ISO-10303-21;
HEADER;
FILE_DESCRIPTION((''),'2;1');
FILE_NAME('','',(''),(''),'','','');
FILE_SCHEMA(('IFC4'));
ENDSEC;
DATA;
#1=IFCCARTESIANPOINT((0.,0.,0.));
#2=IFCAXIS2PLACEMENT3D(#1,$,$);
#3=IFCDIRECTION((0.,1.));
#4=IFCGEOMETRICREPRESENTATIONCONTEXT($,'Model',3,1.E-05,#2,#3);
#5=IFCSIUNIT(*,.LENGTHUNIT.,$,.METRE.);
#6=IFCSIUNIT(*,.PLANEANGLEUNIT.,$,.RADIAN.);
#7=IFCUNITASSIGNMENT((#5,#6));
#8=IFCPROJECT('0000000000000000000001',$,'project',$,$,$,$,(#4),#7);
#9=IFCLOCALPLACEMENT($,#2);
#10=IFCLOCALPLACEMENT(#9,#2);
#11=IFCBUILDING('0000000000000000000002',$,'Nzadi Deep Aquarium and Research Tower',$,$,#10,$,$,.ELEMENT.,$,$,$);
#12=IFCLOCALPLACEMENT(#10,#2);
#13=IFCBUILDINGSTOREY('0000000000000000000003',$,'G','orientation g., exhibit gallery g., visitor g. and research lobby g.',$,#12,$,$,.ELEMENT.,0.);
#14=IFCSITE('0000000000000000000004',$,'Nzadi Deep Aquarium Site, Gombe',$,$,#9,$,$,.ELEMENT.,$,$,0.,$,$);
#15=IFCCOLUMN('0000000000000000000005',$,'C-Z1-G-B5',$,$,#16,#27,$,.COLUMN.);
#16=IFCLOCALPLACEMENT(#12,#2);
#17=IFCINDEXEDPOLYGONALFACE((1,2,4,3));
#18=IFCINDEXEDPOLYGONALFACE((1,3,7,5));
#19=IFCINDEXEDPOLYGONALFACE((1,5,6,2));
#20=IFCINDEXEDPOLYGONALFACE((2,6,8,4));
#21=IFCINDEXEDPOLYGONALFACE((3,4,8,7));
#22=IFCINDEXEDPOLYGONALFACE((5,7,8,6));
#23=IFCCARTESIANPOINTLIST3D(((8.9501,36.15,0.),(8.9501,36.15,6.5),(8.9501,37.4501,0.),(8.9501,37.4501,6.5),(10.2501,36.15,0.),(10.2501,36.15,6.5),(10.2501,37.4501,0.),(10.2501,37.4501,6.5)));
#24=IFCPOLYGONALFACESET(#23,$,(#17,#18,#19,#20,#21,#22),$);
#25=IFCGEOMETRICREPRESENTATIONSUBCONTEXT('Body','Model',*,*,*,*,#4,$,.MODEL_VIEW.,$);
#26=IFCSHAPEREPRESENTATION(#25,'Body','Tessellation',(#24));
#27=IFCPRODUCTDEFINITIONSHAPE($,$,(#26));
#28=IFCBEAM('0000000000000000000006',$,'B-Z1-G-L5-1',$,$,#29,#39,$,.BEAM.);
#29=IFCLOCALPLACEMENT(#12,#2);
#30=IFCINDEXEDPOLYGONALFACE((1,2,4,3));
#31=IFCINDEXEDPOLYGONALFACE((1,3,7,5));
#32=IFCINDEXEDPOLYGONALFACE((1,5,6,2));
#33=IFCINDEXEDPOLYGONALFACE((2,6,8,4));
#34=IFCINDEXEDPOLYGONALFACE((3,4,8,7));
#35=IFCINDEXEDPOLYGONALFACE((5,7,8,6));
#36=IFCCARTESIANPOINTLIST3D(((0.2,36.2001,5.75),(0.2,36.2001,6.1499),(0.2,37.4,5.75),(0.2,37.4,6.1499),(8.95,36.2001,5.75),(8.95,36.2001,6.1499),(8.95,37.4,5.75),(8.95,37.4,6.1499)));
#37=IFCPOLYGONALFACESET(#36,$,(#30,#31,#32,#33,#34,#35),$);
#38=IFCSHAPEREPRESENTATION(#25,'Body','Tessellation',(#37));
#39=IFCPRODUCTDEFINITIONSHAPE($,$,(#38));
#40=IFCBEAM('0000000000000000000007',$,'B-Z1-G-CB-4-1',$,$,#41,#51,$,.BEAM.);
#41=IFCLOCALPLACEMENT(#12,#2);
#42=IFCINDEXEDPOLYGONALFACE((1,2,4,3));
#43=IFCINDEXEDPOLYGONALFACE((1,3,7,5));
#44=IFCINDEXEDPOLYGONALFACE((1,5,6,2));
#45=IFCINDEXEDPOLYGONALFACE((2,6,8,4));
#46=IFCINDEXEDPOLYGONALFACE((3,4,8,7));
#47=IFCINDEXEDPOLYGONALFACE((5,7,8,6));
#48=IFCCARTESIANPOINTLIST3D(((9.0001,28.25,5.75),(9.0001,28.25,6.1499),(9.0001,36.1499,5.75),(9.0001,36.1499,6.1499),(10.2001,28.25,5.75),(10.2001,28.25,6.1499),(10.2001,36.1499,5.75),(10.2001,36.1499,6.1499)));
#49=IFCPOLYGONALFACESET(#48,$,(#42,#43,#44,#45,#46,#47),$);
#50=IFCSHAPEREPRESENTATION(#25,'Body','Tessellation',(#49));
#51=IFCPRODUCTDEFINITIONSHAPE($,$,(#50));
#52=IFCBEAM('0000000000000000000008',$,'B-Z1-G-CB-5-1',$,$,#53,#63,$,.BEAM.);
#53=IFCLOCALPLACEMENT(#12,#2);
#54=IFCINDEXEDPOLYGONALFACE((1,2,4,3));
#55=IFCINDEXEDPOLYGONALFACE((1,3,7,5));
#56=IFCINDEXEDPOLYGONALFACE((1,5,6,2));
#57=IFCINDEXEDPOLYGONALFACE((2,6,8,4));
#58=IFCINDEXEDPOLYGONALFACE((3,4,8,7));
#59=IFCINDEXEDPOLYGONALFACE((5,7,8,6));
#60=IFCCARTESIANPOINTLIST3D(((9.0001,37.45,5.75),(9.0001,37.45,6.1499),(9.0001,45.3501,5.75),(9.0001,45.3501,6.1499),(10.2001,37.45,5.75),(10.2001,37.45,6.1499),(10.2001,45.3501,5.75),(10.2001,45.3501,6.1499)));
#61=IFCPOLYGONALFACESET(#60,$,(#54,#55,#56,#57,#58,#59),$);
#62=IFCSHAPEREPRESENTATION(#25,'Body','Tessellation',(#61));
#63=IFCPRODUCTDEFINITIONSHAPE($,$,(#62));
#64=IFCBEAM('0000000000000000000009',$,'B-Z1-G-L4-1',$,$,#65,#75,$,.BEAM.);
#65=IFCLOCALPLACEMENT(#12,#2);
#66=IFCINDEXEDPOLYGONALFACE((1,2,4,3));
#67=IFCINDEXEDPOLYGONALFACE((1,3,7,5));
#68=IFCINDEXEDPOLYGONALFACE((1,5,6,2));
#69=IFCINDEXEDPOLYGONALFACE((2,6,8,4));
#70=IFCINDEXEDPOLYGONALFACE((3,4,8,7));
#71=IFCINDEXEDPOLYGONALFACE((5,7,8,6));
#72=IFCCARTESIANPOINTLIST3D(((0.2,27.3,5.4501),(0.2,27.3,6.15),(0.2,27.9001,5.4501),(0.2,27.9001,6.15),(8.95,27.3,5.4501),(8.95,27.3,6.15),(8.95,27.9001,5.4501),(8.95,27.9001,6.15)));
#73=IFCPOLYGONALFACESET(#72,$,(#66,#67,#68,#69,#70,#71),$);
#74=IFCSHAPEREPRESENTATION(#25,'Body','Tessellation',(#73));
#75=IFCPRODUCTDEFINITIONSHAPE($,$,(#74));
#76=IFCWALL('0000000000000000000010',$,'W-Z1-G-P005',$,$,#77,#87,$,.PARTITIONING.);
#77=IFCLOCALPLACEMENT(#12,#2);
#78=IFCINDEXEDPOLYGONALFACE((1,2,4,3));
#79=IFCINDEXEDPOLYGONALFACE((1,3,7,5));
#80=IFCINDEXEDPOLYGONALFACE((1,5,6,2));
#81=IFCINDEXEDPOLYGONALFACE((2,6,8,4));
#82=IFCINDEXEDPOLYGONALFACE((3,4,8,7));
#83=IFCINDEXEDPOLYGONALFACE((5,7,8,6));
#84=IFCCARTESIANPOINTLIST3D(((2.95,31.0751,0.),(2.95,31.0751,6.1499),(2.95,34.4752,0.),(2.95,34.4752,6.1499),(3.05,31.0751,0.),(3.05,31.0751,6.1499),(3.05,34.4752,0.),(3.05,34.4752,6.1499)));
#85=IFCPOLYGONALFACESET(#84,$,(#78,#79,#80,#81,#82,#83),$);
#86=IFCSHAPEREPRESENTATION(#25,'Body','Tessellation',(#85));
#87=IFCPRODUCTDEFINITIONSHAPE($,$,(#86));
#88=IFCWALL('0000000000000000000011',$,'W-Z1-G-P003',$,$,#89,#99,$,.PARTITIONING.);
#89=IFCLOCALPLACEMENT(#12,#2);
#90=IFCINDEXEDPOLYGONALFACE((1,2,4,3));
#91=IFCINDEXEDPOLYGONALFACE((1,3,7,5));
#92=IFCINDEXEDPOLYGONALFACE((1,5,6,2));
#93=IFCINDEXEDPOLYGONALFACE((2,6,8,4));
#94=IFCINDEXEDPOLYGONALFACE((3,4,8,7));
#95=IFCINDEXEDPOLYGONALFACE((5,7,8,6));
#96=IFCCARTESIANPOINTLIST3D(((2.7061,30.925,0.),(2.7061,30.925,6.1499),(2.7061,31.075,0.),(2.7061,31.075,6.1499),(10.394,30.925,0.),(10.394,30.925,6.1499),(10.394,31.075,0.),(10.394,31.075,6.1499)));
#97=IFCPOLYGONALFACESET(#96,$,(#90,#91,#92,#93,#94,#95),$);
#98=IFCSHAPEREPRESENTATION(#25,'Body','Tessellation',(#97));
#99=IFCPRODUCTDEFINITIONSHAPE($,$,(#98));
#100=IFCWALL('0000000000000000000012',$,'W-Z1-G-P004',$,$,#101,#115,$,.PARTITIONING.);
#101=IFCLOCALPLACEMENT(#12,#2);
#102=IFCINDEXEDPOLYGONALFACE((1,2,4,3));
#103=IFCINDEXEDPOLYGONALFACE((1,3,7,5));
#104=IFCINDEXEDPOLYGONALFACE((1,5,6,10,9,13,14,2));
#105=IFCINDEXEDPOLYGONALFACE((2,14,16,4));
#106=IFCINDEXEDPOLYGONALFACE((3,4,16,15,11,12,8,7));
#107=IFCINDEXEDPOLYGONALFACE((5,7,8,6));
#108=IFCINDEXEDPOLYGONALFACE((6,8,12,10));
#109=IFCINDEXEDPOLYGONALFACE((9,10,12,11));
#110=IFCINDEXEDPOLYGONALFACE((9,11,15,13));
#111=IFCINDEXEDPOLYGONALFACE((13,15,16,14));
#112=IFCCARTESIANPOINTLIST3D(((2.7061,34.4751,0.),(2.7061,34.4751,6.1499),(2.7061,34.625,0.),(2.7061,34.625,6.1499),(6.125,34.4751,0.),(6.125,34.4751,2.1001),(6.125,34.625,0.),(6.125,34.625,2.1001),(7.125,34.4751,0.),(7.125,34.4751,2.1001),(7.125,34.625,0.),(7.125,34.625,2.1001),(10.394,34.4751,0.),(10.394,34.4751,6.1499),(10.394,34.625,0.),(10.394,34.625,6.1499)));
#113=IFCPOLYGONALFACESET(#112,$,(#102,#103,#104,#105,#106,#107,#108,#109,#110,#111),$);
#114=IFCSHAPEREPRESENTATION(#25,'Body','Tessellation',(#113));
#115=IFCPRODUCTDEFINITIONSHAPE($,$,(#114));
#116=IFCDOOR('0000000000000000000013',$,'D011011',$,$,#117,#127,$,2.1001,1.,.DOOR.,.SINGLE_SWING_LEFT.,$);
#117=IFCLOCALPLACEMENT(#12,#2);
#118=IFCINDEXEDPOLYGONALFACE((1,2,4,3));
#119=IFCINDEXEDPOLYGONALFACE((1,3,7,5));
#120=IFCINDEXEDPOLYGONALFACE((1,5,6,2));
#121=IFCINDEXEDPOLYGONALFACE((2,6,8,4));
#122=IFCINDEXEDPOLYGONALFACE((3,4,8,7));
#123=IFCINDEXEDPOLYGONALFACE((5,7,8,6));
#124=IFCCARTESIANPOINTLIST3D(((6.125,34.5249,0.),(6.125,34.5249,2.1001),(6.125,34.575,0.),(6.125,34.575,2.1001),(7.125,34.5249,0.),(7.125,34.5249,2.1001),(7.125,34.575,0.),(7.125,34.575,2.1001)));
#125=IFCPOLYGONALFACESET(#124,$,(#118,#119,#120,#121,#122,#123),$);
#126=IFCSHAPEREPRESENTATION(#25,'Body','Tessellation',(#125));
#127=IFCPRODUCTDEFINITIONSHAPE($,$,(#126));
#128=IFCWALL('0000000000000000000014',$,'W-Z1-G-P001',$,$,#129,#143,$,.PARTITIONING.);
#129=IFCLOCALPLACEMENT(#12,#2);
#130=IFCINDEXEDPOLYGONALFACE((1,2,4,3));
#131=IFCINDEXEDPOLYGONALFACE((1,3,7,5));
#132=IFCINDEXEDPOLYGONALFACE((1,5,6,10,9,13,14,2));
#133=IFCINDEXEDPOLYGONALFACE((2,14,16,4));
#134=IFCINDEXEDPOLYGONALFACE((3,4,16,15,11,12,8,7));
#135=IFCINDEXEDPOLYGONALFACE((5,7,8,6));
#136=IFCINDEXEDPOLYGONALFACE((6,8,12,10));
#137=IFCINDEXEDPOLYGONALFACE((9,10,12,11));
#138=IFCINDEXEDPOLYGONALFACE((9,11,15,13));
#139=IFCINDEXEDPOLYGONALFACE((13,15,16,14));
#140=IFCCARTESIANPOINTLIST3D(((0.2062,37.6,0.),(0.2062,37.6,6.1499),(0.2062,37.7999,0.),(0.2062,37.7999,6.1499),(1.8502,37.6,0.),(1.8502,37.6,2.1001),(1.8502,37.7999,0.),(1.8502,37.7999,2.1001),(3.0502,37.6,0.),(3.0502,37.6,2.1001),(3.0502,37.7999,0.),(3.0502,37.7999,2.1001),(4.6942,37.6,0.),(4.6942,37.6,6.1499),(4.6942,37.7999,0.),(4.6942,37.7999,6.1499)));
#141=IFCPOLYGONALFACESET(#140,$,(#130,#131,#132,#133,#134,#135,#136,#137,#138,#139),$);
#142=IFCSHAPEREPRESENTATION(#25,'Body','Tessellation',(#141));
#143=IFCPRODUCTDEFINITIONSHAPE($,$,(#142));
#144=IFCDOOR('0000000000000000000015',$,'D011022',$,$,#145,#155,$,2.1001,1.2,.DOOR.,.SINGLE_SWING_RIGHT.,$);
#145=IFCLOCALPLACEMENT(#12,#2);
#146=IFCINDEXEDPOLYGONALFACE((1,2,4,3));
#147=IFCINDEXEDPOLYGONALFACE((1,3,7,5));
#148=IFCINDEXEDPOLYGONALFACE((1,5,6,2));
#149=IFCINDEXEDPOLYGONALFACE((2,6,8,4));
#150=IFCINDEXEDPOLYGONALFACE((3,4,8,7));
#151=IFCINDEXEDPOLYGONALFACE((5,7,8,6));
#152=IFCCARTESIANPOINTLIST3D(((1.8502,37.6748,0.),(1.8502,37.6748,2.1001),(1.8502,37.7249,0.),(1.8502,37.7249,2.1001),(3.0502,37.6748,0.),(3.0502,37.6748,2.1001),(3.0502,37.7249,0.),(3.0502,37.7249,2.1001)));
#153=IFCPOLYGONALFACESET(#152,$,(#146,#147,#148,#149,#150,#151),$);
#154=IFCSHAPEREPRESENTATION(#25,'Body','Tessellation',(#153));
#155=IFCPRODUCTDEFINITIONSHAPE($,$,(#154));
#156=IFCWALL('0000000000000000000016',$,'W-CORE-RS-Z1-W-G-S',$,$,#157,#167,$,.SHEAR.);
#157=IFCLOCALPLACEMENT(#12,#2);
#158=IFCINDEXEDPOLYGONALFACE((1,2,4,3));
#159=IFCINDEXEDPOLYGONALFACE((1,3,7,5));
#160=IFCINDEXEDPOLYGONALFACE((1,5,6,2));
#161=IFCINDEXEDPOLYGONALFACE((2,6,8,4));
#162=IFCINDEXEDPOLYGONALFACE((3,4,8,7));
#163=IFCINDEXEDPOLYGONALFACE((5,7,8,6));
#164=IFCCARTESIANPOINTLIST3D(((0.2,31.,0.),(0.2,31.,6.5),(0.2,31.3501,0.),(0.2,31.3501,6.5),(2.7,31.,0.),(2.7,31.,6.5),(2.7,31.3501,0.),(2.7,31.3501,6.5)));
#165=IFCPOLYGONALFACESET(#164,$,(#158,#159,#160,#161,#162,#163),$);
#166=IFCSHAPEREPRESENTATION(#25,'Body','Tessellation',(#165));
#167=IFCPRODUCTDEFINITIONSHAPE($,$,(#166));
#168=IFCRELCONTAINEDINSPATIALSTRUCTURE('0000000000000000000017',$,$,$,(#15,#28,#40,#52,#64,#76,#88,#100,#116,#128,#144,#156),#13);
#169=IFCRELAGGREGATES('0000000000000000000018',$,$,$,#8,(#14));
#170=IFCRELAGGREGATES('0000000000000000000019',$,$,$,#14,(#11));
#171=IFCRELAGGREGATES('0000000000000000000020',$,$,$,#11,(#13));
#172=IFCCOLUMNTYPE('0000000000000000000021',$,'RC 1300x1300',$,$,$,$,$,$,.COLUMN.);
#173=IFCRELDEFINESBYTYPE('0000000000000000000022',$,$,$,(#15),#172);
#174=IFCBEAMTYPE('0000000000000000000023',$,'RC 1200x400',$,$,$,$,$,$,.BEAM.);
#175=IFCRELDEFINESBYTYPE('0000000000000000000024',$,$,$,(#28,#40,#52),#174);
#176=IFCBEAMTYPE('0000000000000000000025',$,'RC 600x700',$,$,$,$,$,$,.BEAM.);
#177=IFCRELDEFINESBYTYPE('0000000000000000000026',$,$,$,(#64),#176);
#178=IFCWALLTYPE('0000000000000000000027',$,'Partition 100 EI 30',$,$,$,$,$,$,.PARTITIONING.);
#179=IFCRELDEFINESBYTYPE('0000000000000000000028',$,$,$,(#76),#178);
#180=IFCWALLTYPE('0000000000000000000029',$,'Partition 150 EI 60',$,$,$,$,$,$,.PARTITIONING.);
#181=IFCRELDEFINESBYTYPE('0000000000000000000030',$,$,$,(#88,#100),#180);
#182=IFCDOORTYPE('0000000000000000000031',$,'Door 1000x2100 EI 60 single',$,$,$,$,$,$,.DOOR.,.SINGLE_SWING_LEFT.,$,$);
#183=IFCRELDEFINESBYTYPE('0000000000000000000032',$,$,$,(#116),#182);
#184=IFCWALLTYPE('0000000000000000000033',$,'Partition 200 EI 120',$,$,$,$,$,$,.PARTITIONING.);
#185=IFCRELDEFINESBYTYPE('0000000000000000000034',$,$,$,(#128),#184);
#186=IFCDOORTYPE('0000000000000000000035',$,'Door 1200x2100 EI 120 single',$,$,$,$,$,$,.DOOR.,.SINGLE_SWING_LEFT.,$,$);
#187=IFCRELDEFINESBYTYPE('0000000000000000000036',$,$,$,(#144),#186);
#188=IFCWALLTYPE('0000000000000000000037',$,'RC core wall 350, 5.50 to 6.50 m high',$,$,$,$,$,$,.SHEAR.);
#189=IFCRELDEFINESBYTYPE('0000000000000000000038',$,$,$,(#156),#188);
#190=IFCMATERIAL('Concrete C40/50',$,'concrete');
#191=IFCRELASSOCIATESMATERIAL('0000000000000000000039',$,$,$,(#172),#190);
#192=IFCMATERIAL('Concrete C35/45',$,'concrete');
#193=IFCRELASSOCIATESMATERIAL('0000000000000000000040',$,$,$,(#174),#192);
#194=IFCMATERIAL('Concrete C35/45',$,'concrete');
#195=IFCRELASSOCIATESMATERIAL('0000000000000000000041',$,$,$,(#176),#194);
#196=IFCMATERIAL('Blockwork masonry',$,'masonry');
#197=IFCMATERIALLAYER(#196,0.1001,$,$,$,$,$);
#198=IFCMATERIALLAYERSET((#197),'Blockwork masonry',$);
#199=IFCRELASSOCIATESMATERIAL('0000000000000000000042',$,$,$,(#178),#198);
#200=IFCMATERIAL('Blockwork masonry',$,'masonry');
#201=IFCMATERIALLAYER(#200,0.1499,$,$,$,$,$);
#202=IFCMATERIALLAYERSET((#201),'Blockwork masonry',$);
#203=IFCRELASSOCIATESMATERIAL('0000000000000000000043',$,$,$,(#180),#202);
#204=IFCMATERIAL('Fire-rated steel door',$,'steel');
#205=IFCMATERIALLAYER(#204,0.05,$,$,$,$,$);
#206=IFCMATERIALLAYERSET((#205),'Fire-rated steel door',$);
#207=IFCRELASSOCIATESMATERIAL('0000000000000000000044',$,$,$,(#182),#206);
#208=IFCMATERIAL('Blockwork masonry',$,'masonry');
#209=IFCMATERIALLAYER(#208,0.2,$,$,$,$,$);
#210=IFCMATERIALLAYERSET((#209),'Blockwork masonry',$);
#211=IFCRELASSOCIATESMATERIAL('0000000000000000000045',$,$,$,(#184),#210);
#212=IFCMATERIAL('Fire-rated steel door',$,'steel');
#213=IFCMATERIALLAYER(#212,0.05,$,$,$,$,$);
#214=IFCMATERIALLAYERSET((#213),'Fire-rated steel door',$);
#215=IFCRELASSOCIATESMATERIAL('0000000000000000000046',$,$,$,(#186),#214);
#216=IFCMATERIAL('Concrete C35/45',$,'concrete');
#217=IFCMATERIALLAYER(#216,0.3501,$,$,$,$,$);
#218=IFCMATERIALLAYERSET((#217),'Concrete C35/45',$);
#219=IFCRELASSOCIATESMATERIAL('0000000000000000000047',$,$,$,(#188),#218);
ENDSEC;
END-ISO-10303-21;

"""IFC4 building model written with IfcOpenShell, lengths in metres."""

from ifc_helpers import new_model, si_unit, direction, frame, frame_2d, origin, origin_2d, place, context, subcontext, project, spatial, rectangle, extrude, material, layer, layer_set, material_profile, profile_set, type_object, element, fill, save


model = new_model("IFC4")

# Units and contexts
model_context = context("Model", 3, precision=1e-05, world=origin(), true_north=direction((0.0, 1.0)))
body_context = subcontext(model_context, "Body", "Model", "MODEL_VIEW")
ifc_project = project(units=[si_unit("LENGTHUNIT", "METRE"), si_unit("PLANEANGLEUNIT", "RADIAN")], contexts=[model_context])

# Site, building, storey
site_placement = place(None, origin())
site = spatial("IfcSite", under=ifc_project, at=site_placement, Name="Nzadi Deep Aquarium Site, Gombe", CompositionType="ELEMENT", RefElevation=0.0)
building_placement = place(site_placement, origin())
building = spatial("IfcBuilding", under=site, at=building_placement, Name="Nzadi Deep Aquarium and Research Tower", CompositionType="ELEMENT")
storey_placement = place(building_placement, origin())
storey = spatial("IfcBuildingStorey", under=building, at=storey_placement, Name="G", Description="orientation g., exhibit gallery g., visitor g. and research lobby g.", CompositionType="ELEMENT", Elevation=0.0)

# Column
ifc_material_1 = material(Name="Concrete C40/50", Category="concrete")
ifc_material_profile_1 = material_profile(ifc_material_1, rectangle(XDim=1.3, YDim=1.3, at=origin_2d()))
ifc_profile_set_1 = profile_set([ifc_material_profile_1], Name="Concrete C40/50")
column_type = type_object("IfcColumnType", Name="RC 1300x1300", PredefinedType="COLUMN", material=ifc_profile_set_1)
column_placement = place(storey_placement, frame((9.6001, 36.8, 0.0), z_axis=(0.0, 0.0, 1.0), x_axis=(1.0, 0.0, 0.0)))
element("IfcColumn", 1, at=column_placement, inside=storey, type_object=column_type, Name="C-Z1-G-B5", PredefinedType="COLUMN", context=body_context, shape_type="SweptSolid", body=[
    extrude(rectangle(XDim=1.3, YDim=1.3, at=origin_2d()), origin(), (0.0, 0.0, 1.0), 6.5),
])

# Beams
ifc_material_2 = material(Name="Concrete C35/45", Category="concrete")
ifc_material_profile_2 = material_profile(ifc_material_2, rectangle(XDim=1.2, YDim=0.3999, at=origin_2d()))
ifc_profile_set_2 = profile_set([ifc_material_profile_2], Name="Concrete C35/45")
beam_type_1 = type_object("IfcBeamType", Name="RC 1200x400", PredefinedType="BEAM", material=ifc_profile_set_2)
beam_1_placement = place(storey_placement, frame((0.2, 36.8, 5.95), z_axis=(1.0, 0.0, 0.0), x_axis=(0.0, 1.0, 0.0)))
element("IfcBeam", 2, at=beam_1_placement, inside=storey, type_object=beam_type_1, Name="B-Z1-G-L5-1", PredefinedType="BEAM", context=body_context, shape_type="SweptSolid", body=[
    extrude(rectangle(XDim=1.2, YDim=0.3999, at=origin_2d()), origin(), (0.0, 0.0, 1.0), 8.75),
])
beam_2_placement = place(storey_placement, frame((9.6001, 28.25, 5.95), z_axis=(0.0, 1.0, 0.0), x_axis=(-1.0, 0.0, 0.0)))
element("IfcBeam", 3, at=beam_2_placement, inside=storey, type_object=beam_type_1, Name="B-Z1-G-CB-4-1", PredefinedType="BEAM", context=body_context, shape_type="SweptSolid", body=[
    extrude(rectangle(XDim=1.2, YDim=0.3999, at=origin_2d()), origin(), (0.0, 0.0, 1.0), 7.8999),
])
beam_3_placement = place(storey_placement, frame((9.6001, 37.45, 5.95), z_axis=(0.0, 1.0, 0.0), x_axis=(-1.0, 0.0, 0.0)))
element("IfcBeam", 4, at=beam_3_placement, inside=storey, type_object=beam_type_1, Name="B-Z1-G-CB-5-1", PredefinedType="BEAM", context=body_context, shape_type="SweptSolid", body=[
    extrude(rectangle(XDim=1.2, YDim=0.3999, at=origin_2d()), origin(), (0.0, 0.0, 1.0), 7.9001),
])
ifc_material_3 = material(Name="Concrete C35/45", Category="concrete")
ifc_material_profile_3 = material_profile(ifc_material_3, rectangle(XDim=0.6001, YDim=0.7, at=origin_2d()))
ifc_profile_set_3 = profile_set([ifc_material_profile_3], Name="Concrete C35/45")
beam_type_2 = type_object("IfcBeamType", Name="RC 600x700", PredefinedType="BEAM", material=ifc_profile_set_3)
beam_4_placement = place(storey_placement, frame((0.2, 27.6001, 5.8), z_axis=(1.0, 0.0, 0.0), x_axis=(0.0, 1.0, 0.0)))
element("IfcBeam", 5, at=beam_4_placement, inside=storey, type_object=beam_type_2, Name="B-Z1-G-L4-1", PredefinedType="BEAM", context=body_context, shape_type="SweptSolid", body=[
    extrude(rectangle(XDim=0.6001, YDim=0.7, at=origin_2d()), origin(), (0.0, 0.0, 1.0), 8.75),
])

# Walls
ifc_material_4 = material(Name="Blockwork masonry", Category="masonry")
ifc_layer_1 = layer(ifc_material_4, 0.1001)
ifc_layer_set_1 = layer_set([ifc_layer_1], Name="Blockwork masonry")
wall_type_1 = type_object("IfcWallType", Name="Partition 100 EI 30", PredefinedType="PARTITIONING", material=ifc_layer_set_1)
wall_1_placement = place(storey_placement, frame((3.0, 31.075, 0.0), z_axis=(0.0, 0.0, 1.0), x_axis=(0.0, 1.0, 0.0)))
element("IfcWall", 6, at=wall_1_placement, inside=storey, type_object=wall_type_1, Name="W-Z1-G-P005", PredefinedType="PARTITIONING", context=body_context, shape_type="SweptSolid", body=[
    extrude(rectangle(XDim=3.4001, YDim=0.1001, at=frame_2d((1.7002, 0.0))), origin(), (0.0, 0.0, 1.0), 6.1499),
])
ifc_material_5 = material(Name="Blockwork masonry", Category="masonry")
ifc_layer_2 = layer(ifc_material_5, 0.1499)
ifc_layer_set_2 = layer_set([ifc_layer_2], Name="Blockwork masonry")
wall_type_2 = type_object("IfcWallType", Name="Partition 150 EI 60", PredefinedType="PARTITIONING", material=ifc_layer_set_2)
wall_2_placement = place(storey_placement, frame((2.7061, 31.0, 0.0), z_axis=(0.0, 0.0, 1.0), x_axis=(1.0, 0.0, 0.0)))
element("IfcWall", 7, at=wall_2_placement, inside=storey, type_object=wall_type_2, Name="W-Z1-G-P003", PredefinedType="PARTITIONING", context=body_context, shape_type="SweptSolid", body=[
    extrude(rectangle(XDim=7.688, YDim=0.1499, at=frame_2d((3.844, 0.0))), origin(), (0.0, 0.0, 1.0), 6.1499),
])

# Walls, openings, doors
wall_3_placement = place(storey_placement, frame((2.7061, 34.55, 0.0), z_axis=(0.0, 0.0, 1.0), x_axis=(1.0, 0.0, 0.0)))
wall_3 = element("IfcWall", 8, at=wall_3_placement, inside=storey, type_object=wall_type_2, Name="W-Z1-G-P004", PredefinedType="PARTITIONING", context=body_context, shape_type="SweptSolid", body=[
    extrude(rectangle(XDim=7.688, YDim=0.1499, at=frame_2d((3.844, 0.0))), origin(), (0.0, 0.0, 1.0), 6.1499),
])
opening_1_placement = place(wall_3_placement, frame((3.4189, 0.0, 0.0)))
opening_1 = element("IfcOpeningElement", 9, at=opening_1_placement, cuts=wall_3, PredefinedType="OPENING", context=body_context, shape_type="SweptSolid", body=[
    extrude(rectangle(XDim=1.0, YDim=2.1001, at=frame_2d((0.5, 1.05))), frame((0.0, 0.085, 0.0), z_axis=(0.0, -1.0, 0.0), x_axis=(1.0, 0.0, 0.0)), (0.0, 0.0, 1.0), 0.1699),
])
ifc_material_6 = material(Name="Fire-rated steel door", Category="steel")
ifc_layer_3 = layer(ifc_material_6, 0.05)
ifc_layer_set_3 = layer_set([ifc_layer_3], Name="Fire-rated steel door")
door_type_1 = type_object("IfcDoorType", Name="Door 1000x2100 EI 60 single", OperationType="SINGLE_SWING_LEFT", PredefinedType="DOOR", material=ifc_layer_set_3)
door_1_placement = place(opening_1_placement, origin())
door_1 = element("IfcDoor", 10, at=door_1_placement, inside=storey, type_object=door_type_1, Name="D011011", OperationType="SINGLE_SWING_LEFT", OverallHeight=2.1001, OverallWidth=1.0, PredefinedType="DOOR", context=body_context, shape_type="SweptSolid", body=[
    extrude(rectangle(XDim=1.0, YDim=2.1001, at=frame_2d((0.5, 1.05))), frame((0.0, 0.0249, 0.0), z_axis=(0.0, -1.0, 0.0), x_axis=(1.0, 0.0, 0.0)), (0.0, 0.0, 1.0), 0.05),
])
fill(opening_1, door_1)
ifc_material_7 = material(Name="Blockwork masonry", Category="masonry")
ifc_layer_4 = layer(ifc_material_7, 0.2)
ifc_layer_set_4 = layer_set([ifc_layer_4], Name="Blockwork masonry")
wall_type_3 = type_object("IfcWallType", Name="Partition 200 EI 120", PredefinedType="PARTITIONING", material=ifc_layer_set_4)
wall_4_placement = place(storey_placement, frame((0.2061, 37.7, 0.0), z_axis=(0.0, 0.0, 1.0), x_axis=(1.0, 0.0, 0.0)))
wall_4 = element("IfcWall", 11, at=wall_4_placement, inside=storey, type_object=wall_type_3, Name="W-Z1-G-P001", PredefinedType="PARTITIONING", context=body_context, shape_type="SweptSolid", body=[
    extrude(rectangle(XDim=4.488, YDim=0.2, at=frame_2d((2.2441, 0.0))), origin(), (0.0, 0.0, 1.0), 6.1499),
])
opening_2_placement = place(wall_4_placement, frame((1.644, 0.0, 0.0)))
opening_2 = element("IfcOpeningElement", 12, at=opening_2_placement, cuts=wall_4, PredefinedType="OPENING", context=body_context, shape_type="SweptSolid", body=[
    extrude(rectangle(XDim=1.2, YDim=2.1001, at=frame_2d((0.6001, 1.05))), frame((0.0, 0.1101, 0.0), z_axis=(0.0, -1.0, 0.0), x_axis=(1.0, 0.0, 0.0)), (0.0, 0.0, 1.0), 0.2202),
])
ifc_material_8 = material(Name="Fire-rated steel door", Category="steel")
ifc_layer_5 = layer(ifc_material_8, 0.05)
ifc_layer_set_5 = layer_set([ifc_layer_5], Name="Fire-rated steel door")
door_type_2 = type_object("IfcDoorType", Name="Door 1200x2100 EI 120 single", OperationType="SINGLE_SWING_LEFT", PredefinedType="DOOR", material=ifc_layer_set_5)
door_2_placement = place(opening_2_placement, origin())
door_2 = element("IfcDoor", 13, at=door_2_placement, inside=storey, type_object=door_type_2, Name="D011022", OperationType="SINGLE_SWING_RIGHT", OverallHeight=2.1001, OverallWidth=1.2, PredefinedType="DOOR", context=body_context, shape_type="SweptSolid", body=[
    extrude(rectangle(XDim=1.2, YDim=2.1001, at=frame_2d((0.6001, 1.05))), frame((0.0, 0.0249, 0.0), z_axis=(0.0, -1.0, 0.0), x_axis=(1.0, 0.0, 0.0)), (0.0, 0.0, 1.0), 0.05),
])
fill(opening_2, door_2)

# Wall
ifc_material_9 = material(Name="Concrete C35/45", Category="concrete")
ifc_layer_6 = layer(ifc_material_9, 0.3501)
ifc_layer_set_6 = layer_set([ifc_layer_6], Name="Concrete C35/45")
wall_type_4 = type_object("IfcWallType", Name="RC core wall 350, 5.50 to 6.50 m high", PredefinedType="SHEAR", material=ifc_layer_set_6)
for number, where, z_axis, x_axis, name in (
    (14, (0.2, 31.175, 0.0), (0.0, 0.0, 1.0), (1.0, 0.0, 0.0), "W-CORE-RS-Z1-W-G-S"),
):
    element("IfcWall", number, at=place(storey_placement, frame(where, z_axis=z_axis, x_axis=x_axis)), inside=storey, type_object=wall_type_4, Name=name, PredefinedType="SHEAR", context=body_context, shape_type="SweptSolid", body=[
        extrude(rectangle(XDim=2.5, YDim=0.3501, at=frame_2d((1.25, 0.0))), origin(), (0.0, 0.0, 1.0), 6.5),
    ])

save(model, "model.ifc")
